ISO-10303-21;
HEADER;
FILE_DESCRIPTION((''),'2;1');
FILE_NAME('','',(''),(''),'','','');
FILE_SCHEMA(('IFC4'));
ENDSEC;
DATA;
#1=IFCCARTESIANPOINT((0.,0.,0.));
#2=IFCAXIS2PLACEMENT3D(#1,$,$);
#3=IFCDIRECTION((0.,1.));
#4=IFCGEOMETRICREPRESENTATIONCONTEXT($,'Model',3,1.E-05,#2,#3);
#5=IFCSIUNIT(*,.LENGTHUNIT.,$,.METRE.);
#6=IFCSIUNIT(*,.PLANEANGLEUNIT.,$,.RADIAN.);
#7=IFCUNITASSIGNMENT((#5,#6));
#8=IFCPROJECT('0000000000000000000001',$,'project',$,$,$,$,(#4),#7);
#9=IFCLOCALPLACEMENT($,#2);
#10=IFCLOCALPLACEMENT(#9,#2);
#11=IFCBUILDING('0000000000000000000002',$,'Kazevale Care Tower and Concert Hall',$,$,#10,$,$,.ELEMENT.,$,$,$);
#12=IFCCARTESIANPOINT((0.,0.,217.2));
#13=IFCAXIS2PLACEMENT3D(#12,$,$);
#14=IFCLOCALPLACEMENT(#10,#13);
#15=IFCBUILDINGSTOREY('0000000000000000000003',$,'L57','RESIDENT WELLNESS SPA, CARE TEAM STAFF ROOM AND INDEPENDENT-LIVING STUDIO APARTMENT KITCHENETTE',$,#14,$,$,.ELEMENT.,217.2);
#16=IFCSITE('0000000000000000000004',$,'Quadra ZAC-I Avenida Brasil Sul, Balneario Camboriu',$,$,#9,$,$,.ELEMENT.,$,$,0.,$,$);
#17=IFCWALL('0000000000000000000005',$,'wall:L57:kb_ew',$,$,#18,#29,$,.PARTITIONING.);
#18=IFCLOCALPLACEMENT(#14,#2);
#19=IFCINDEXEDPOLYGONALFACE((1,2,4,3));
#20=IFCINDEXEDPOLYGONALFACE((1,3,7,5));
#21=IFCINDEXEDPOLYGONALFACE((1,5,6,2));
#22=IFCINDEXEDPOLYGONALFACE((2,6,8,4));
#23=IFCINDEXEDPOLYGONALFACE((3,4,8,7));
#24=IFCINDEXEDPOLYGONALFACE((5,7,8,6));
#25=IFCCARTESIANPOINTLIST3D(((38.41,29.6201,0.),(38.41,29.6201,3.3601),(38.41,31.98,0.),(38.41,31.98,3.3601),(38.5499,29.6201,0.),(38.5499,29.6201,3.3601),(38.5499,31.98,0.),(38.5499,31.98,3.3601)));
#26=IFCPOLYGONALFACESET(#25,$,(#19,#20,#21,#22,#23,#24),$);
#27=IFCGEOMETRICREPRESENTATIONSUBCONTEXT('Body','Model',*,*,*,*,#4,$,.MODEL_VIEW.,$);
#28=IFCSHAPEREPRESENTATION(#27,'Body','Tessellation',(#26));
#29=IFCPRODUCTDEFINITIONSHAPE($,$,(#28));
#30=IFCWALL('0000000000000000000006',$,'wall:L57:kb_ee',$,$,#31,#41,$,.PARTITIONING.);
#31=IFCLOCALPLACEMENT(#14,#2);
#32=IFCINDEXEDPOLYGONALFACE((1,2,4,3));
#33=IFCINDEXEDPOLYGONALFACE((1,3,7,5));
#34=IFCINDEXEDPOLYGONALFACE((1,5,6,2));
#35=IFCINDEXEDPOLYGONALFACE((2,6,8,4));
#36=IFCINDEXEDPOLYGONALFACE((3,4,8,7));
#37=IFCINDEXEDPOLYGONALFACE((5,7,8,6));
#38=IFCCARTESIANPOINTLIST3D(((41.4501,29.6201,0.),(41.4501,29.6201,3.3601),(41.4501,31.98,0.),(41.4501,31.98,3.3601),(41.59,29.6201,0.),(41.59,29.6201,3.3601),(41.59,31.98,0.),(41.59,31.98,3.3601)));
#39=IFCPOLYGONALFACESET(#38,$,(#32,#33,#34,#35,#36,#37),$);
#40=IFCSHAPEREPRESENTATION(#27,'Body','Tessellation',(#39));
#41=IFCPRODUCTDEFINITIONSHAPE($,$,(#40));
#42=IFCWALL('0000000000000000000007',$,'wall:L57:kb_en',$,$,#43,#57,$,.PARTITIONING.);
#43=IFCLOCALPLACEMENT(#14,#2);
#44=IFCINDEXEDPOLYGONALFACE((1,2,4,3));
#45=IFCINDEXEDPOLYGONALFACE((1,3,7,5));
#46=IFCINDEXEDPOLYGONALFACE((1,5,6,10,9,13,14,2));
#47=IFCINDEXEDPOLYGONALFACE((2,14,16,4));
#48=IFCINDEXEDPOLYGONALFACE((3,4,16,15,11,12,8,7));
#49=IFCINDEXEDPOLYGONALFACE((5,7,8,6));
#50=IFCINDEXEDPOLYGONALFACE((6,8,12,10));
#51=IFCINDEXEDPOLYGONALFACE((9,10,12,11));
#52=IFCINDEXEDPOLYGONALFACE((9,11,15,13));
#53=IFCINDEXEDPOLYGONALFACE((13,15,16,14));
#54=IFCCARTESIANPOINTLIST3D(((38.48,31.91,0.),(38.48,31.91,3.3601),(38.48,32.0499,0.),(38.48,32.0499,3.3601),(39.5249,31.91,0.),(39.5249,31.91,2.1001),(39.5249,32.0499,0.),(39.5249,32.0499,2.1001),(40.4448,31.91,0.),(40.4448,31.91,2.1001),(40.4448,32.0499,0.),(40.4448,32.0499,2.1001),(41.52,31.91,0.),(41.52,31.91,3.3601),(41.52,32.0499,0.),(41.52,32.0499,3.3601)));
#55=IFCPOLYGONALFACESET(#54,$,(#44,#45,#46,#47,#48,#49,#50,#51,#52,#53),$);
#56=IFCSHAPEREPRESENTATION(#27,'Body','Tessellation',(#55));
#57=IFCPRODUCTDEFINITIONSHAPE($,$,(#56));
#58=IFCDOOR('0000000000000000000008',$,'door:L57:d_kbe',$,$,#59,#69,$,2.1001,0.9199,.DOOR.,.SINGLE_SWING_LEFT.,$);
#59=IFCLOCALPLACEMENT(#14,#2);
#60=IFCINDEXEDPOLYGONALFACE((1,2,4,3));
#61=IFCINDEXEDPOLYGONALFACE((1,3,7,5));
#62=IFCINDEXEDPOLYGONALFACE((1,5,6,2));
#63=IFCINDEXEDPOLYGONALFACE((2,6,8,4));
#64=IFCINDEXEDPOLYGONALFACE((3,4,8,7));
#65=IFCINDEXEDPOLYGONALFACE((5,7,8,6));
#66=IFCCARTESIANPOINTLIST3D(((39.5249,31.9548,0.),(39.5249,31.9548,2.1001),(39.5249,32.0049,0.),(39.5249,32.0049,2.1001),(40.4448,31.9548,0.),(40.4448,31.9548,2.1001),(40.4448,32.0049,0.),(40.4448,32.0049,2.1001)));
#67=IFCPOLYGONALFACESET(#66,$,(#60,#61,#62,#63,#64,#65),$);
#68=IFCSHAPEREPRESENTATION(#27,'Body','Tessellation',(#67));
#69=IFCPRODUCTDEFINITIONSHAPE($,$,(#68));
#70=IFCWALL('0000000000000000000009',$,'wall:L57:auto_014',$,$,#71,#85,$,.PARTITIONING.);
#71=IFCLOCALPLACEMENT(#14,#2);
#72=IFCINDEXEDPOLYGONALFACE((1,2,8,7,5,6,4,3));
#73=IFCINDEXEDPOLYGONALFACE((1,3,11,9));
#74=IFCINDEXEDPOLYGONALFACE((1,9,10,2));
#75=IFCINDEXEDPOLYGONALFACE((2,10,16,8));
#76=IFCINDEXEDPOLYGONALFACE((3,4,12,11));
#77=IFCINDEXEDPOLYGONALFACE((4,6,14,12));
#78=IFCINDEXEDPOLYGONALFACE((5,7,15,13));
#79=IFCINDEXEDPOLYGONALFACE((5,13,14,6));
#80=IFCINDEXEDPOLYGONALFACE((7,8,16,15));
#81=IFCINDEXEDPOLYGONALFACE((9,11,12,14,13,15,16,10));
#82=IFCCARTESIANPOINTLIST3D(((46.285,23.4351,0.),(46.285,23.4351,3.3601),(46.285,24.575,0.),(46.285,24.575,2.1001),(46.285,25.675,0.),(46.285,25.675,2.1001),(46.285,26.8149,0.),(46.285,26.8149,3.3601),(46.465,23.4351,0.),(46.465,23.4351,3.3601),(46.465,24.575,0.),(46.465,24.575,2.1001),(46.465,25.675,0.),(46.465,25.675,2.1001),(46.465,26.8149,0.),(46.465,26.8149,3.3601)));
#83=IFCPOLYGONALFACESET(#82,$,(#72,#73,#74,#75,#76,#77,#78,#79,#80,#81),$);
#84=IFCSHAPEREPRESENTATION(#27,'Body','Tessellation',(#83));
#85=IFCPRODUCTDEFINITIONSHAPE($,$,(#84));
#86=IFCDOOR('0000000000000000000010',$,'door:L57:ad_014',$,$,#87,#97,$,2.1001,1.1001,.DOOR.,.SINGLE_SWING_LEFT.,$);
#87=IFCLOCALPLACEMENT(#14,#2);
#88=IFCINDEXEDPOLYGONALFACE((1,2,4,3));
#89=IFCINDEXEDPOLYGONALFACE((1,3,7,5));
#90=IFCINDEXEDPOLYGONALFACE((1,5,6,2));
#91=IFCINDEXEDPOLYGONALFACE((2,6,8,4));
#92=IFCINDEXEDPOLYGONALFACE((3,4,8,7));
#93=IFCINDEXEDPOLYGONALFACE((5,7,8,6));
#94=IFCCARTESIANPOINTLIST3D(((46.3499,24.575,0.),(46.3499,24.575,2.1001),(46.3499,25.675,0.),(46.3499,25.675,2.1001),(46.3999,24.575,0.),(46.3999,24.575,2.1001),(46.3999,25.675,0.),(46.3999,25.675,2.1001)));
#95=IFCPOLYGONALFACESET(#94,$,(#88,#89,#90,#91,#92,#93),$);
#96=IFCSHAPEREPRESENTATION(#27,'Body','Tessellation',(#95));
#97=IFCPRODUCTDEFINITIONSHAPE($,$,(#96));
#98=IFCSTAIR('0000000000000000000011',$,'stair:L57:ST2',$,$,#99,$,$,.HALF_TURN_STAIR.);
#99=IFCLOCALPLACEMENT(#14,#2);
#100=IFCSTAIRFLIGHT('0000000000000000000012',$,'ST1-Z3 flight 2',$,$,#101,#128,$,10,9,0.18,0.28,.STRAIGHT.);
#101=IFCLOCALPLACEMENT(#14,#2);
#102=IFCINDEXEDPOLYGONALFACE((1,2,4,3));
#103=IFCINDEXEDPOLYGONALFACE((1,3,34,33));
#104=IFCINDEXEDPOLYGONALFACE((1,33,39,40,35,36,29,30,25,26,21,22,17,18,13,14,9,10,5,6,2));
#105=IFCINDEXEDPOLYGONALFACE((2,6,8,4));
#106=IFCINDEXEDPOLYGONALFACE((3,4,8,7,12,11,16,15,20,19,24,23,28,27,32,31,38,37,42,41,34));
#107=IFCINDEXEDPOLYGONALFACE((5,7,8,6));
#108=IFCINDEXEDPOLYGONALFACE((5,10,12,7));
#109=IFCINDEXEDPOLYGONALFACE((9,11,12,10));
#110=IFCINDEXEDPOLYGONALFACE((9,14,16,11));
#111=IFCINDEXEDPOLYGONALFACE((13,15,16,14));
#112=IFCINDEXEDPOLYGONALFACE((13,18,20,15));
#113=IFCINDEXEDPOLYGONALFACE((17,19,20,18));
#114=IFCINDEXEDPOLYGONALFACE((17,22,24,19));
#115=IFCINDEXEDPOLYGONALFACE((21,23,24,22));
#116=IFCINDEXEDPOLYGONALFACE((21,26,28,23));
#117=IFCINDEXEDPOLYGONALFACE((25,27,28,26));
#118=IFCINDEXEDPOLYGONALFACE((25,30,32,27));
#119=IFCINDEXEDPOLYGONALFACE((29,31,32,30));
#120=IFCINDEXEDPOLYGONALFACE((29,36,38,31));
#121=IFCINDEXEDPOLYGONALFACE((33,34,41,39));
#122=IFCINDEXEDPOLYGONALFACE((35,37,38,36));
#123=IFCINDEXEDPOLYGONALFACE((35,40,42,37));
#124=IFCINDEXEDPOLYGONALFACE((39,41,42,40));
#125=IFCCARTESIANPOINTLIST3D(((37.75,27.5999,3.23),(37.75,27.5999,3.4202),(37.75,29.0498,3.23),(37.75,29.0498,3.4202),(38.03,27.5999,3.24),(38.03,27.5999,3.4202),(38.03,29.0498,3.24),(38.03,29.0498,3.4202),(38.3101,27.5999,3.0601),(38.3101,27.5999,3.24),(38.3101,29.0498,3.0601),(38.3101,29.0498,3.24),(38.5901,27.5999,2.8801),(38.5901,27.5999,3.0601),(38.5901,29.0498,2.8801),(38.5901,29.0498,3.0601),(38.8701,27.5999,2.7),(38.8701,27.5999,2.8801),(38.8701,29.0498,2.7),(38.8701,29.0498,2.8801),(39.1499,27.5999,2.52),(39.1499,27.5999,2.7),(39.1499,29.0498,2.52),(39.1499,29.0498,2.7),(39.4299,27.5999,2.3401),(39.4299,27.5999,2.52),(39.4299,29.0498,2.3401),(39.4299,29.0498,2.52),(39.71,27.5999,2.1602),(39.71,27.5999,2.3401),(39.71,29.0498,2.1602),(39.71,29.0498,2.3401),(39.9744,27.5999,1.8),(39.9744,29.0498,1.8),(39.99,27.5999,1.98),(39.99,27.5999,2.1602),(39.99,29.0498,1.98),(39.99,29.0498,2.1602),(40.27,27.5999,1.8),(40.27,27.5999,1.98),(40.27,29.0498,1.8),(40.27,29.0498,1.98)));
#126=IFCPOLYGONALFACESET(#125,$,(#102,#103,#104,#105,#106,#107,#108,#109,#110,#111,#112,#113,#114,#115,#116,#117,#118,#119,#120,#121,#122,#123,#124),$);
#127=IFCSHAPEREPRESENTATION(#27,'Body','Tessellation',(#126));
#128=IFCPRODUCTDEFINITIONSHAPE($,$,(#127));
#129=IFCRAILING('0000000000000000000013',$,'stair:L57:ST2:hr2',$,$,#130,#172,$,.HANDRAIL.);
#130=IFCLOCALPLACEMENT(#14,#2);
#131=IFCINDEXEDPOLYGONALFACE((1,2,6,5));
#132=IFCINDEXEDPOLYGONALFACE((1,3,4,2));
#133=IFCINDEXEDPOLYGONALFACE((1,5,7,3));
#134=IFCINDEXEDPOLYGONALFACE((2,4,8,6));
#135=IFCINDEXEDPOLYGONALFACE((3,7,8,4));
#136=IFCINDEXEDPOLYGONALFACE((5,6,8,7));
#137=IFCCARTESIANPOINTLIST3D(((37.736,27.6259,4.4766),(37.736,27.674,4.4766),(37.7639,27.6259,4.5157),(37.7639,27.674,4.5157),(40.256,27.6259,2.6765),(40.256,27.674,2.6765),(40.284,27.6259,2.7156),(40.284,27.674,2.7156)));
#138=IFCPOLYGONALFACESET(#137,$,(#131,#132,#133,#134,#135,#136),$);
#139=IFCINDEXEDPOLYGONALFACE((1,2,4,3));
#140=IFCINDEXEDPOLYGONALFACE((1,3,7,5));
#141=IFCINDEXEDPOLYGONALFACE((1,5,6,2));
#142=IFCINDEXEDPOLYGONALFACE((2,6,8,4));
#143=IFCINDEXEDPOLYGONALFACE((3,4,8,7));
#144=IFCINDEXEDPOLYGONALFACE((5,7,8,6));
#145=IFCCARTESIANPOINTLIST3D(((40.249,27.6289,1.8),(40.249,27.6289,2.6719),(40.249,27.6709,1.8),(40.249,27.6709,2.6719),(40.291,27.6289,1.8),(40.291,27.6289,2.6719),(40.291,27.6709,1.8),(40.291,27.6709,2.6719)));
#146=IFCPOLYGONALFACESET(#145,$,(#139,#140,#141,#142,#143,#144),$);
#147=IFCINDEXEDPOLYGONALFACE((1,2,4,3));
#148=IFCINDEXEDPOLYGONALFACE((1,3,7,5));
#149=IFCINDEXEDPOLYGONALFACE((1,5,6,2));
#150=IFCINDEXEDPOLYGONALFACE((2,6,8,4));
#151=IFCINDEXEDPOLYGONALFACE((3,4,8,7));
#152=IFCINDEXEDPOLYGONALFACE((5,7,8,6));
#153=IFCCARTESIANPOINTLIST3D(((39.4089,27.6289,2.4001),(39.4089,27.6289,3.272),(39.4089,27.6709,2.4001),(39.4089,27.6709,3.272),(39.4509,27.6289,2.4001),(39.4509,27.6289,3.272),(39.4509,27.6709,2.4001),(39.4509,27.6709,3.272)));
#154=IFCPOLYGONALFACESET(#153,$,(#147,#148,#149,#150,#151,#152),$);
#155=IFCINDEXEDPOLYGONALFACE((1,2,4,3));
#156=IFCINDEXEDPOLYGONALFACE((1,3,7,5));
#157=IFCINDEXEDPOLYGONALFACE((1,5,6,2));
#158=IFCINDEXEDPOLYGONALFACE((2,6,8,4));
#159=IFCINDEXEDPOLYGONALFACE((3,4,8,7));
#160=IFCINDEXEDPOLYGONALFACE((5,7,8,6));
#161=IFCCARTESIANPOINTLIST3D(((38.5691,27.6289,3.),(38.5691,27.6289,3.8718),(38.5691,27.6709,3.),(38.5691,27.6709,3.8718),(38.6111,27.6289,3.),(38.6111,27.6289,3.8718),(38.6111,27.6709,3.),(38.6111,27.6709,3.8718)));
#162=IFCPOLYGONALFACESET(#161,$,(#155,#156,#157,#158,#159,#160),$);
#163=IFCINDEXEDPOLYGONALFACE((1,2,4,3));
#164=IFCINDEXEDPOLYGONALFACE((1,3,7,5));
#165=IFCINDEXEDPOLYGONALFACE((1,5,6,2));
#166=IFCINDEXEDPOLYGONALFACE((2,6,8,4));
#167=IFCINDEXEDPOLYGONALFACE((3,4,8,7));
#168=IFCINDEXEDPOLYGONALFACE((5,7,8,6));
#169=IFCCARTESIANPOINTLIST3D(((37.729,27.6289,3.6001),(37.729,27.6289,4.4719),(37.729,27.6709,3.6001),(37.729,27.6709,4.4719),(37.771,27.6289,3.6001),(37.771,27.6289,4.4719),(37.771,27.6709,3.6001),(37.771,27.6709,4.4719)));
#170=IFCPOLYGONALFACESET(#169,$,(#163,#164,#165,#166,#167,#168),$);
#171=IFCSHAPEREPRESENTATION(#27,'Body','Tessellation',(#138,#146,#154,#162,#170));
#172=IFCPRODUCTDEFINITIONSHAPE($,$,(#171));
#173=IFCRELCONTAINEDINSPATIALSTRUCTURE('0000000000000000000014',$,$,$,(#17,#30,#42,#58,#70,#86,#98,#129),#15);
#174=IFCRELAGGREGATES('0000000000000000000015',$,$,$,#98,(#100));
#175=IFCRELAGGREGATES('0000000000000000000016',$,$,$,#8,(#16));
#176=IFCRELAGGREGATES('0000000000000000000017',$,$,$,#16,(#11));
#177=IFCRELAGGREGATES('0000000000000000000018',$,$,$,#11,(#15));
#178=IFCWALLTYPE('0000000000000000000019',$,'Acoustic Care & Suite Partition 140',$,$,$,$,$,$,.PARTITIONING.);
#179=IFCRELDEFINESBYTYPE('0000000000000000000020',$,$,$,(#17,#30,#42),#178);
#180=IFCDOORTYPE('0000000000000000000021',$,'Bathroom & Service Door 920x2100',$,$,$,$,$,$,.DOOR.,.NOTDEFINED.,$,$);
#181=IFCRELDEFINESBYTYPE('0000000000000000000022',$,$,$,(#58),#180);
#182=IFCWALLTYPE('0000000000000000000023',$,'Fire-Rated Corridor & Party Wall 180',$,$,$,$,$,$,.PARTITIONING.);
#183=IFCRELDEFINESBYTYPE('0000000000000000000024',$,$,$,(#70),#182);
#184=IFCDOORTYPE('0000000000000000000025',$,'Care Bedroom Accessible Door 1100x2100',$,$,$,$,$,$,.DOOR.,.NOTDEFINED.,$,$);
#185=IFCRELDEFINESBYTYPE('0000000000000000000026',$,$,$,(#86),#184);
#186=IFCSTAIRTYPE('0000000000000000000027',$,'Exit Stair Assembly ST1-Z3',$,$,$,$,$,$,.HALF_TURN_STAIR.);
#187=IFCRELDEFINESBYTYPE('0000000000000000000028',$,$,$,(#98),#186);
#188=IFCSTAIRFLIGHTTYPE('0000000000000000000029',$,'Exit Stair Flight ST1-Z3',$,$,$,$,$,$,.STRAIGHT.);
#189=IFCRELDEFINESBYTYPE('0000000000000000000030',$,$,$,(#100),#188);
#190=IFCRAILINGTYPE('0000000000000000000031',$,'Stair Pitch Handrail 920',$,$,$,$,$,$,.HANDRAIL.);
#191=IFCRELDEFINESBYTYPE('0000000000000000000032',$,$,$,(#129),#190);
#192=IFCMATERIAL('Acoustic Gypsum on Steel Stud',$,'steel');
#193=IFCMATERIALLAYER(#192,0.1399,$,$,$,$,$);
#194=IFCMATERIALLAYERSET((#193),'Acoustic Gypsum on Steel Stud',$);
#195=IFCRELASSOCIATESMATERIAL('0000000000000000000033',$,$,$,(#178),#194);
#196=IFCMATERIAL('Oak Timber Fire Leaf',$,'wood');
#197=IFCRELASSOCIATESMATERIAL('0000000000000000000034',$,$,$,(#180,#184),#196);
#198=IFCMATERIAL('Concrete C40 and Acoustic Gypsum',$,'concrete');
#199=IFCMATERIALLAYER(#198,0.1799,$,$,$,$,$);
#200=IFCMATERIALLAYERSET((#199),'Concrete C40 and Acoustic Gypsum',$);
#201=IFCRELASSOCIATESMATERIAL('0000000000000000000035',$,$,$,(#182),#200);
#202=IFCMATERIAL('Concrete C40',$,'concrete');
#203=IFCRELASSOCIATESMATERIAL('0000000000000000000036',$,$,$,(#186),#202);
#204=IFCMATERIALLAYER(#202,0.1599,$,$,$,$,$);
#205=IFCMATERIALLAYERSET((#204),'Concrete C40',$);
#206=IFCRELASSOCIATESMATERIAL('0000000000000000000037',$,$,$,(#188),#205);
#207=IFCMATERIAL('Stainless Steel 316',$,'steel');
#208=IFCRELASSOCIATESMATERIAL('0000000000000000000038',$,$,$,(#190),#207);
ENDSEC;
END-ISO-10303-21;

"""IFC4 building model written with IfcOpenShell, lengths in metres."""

from ifc_helpers import new_model, si_unit, direction, frame, frame_2d, origin, origin_2d, place, context, subcontext, project, spatial, polyline, rectangle, outline, extrude, material, layer, layer_set, type_object, element, fill, aggregate, save


model = new_model("IFC4")

# Units and contexts
model_context = context("Model", 3, precision=1e-05, world=origin(), true_north=direction((0.0, 1.0)))
body_context = subcontext(model_context, "Body", "Model", "MODEL_VIEW")
ifc_project = project(units=[si_unit("LENGTHUNIT", "METRE"), si_unit("PLANEANGLEUNIT", "RADIAN")], contexts=[model_context])

# Site, building, storey
site_placement = place(None, origin())
site = spatial("IfcSite", under=ifc_project, at=site_placement, Name="Quadra ZAC-I Avenida Brasil Sul, Balneario Camboriu", CompositionType="ELEMENT", RefElevation=0.0)
building_placement = place(site_placement, origin())
building = spatial("IfcBuilding", under=site, at=building_placement, Name="Kazevale Care Tower and Concert Hall", CompositionType="ELEMENT")
storey_placement = place(building_placement, frame((0.0, 0.0, 217.2)))
storey = spatial("IfcBuildingStorey", under=building, at=storey_placement, Name="L57", Description="RESIDENT WELLNESS SPA, CARE TEAM STAFF ROOM AND INDEPENDENT-LIVING STUDIO APARTMENT KITCHENETTE", CompositionType="ELEMENT", Elevation=217.2)

# Shared definitions
ifc_material_1 = material(Name="Acoustic Gypsum on Steel Stud", Category="steel")
ifc_layer_1 = layer(ifc_material_1, 0.1399)
ifc_layer_set_1 = layer_set([ifc_layer_1], Name="Acoustic Gypsum on Steel Stud")
wall_type_1 = type_object("IfcWallType", Name="Acoustic Care & Suite Partition 140", PredefinedType="PARTITIONING", material=ifc_layer_set_1)
ifc_material_2 = material(Name="Oak Timber Fire Leaf", Category="wood")
door_type_1 = type_object("IfcDoorType", Name="Bathroom & Service Door 920x2100", OperationType="NOTDEFINED", PredefinedType="DOOR", material=ifc_material_2)

# Walls
for number, where, z_axis, x_axis, name in (
    (1, (38.48, 29.6201, 0.0), (0.0, 0.0, 1.0), (0.0, 1.0, 0.0), "wall:L57:kb_ew"),
    (2, (41.52, 29.6201, 0.0), (0.0, 0.0, 1.0), (0.0, 1.0, 0.0), "wall:L57:kb_ee"),
):
    element("IfcWall", number, at=place(storey_placement, frame(where, z_axis=z_axis, x_axis=x_axis)), inside=storey, type_object=wall_type_1, Name=name, PredefinedType="PARTITIONING", context=body_context, shape_type="SweptSolid", body=[
        extrude(rectangle(XDim=2.3599, YDim=0.1399, at=frame_2d((1.1799, 0.0))), origin(), (0.0, 0.0, 1.0), 3.3601),
    ])

# Walls, openings, doors
wall_1_placement = place(storey_placement, frame((38.48, 31.98, 0.0), z_axis=(0.0, 0.0, 1.0), x_axis=(1.0, 0.0, 0.0)))
wall_1 = element("IfcWall", 3, at=wall_1_placement, inside=storey, type_object=wall_type_1, Name="wall:L57:kb_en", PredefinedType="PARTITIONING", context=body_context, shape_type="SweptSolid", body=[
    extrude(rectangle(XDim=3.04, YDim=0.1399, at=frame_2d((1.52, 0.0))), origin(), (0.0, 0.0, 1.0), 3.3601),
])
opening_1_placement = place(wall_1_placement, frame((1.0449, 0.0, 0.0)))
opening_1 = element("IfcOpeningElement", 4, at=opening_1_placement, cuts=wall_1, PredefinedType="OPENING", context=body_context, shape_type="SweptSolid", body=[
    extrude(rectangle(XDim=0.9199, YDim=2.1001, at=frame_2d((0.46, 1.05))), frame((0.0, 0.0798, 0.0), z_axis=(0.0, -1.0, 0.0), x_axis=(1.0, 0.0, 0.0)), (0.0, 0.0, 1.0), 0.1599),
])
door_1_placement = place(opening_1_placement, origin())
door_1 = element("IfcDoor", 5, at=door_1_placement, inside=storey, type_object=door_type_1, Name="door:L57:d_kbe", OperationType="SINGLE_SWING_LEFT", OverallHeight=2.1001, OverallWidth=0.9199, PredefinedType="DOOR", context=body_context, shape_type="SweptSolid", body=[
    extrude(rectangle(XDim=0.9199, YDim=2.1001, at=frame_2d((0.46, 1.05))), frame((0.0, 0.0249, 0.0), z_axis=(0.0, -1.0, 0.0), x_axis=(1.0, 0.0, 0.0)), (0.0, 0.0, 1.0), 0.05),
])
fill(opening_1, door_1)
ifc_material_3 = material(Name="Concrete C40 and Acoustic Gypsum", Category="concrete")
ifc_layer_2 = layer(ifc_material_3, 0.1799)
ifc_layer_set_2 = layer_set([ifc_layer_2], Name="Concrete C40 and Acoustic Gypsum")
wall_type_2 = type_object("IfcWallType", Name="Fire-Rated Corridor & Party Wall 180", PredefinedType="PARTITIONING", material=ifc_layer_set_2)
wall_2_placement = place(storey_placement, frame((46.375, 26.8149, 0.0), z_axis=(0.0, 0.0, 1.0), x_axis=(0.0, -1.0, 0.0)))
wall_2 = element("IfcWall", 6, at=wall_2_placement, inside=storey, type_object=wall_type_2, Name="wall:L57:auto_014", PredefinedType="PARTITIONING", context=body_context, shape_type="SweptSolid", body=[
    extrude(rectangle(XDim=3.3799, YDim=0.1799, at=frame_2d((1.6899, 0.0))), origin(), (0.0, 0.0, 1.0), 3.3601),
])
opening_2_placement = place(wall_2_placement, frame((1.1399, 0.0, 0.0)))
opening_2 = element("IfcOpeningElement", 7, at=opening_2_placement, cuts=wall_2, PredefinedType="OPENING", context=body_context, shape_type="SweptSolid", body=[
    extrude(rectangle(XDim=1.1001, YDim=2.1001, at=frame_2d((0.55, 1.05))), frame((0.0, 0.0999, 0.0), z_axis=(0.0, -1.0, 0.0), x_axis=(1.0, 0.0, 0.0)), (0.0, 0.0, 1.0), 0.2),
])
door_type_2 = type_object("IfcDoorType", Name="Care Bedroom Accessible Door 1100x2100", OperationType="NOTDEFINED", PredefinedType="DOOR", material=ifc_material_2)
door_2_placement = place(opening_2_placement, origin())
door_2 = element("IfcDoor", 8, at=door_2_placement, inside=storey, type_object=door_type_2, Name="door:L57:ad_014", OperationType="SINGLE_SWING_LEFT", OverallHeight=2.1001, OverallWidth=1.1001, PredefinedType="DOOR", context=body_context, shape_type="SweptSolid", body=[
    extrude(rectangle(XDim=1.1001, YDim=2.1001, at=frame_2d((0.55, 1.05))), frame((0.0, 0.0249, 0.0), z_axis=(0.0, -1.0, 0.0), x_axis=(1.0, 0.0, 0.0)), (0.0, 0.0, 1.0), 0.05),
])
fill(opening_2, door_2)

# Stair, stair flight
ifc_material_4 = material(Name="Concrete C40", Category="concrete")
stair_type = type_object("IfcStairType", Name="Exit Stair Assembly ST1-Z3", PredefinedType="HALF_TURN_STAIR", material=ifc_material_4)
stair_placement = place(storey_placement, origin())
stair = element("IfcStair", 9, at=stair_placement, inside=storey, type_object=stair_type, Name="stair:L57:ST2", PredefinedType="HALF_TURN_STAIR")
ifc_layer_3 = layer(ifc_material_4, 0.1599)
ifc_layer_set_3 = layer_set([ifc_layer_3], Name="Concrete C40")
stair_flight_type = type_object("IfcStairFlightType", Name="Exit Stair Flight ST1-Z3", PredefinedType="STRAIGHT", material=ifc_layer_set_3)
stair_flight_placement = place(storey_placement, frame((40.27, 28.325, 1.8), z_axis=(0.0, 0.0, 1.0), x_axis=(-1.0, 0.0, 0.0)))
stair_flight = element("IfcStairFlight", 10, at=stair_flight_placement, type_object=stair_flight_type, Name="ST1-Z3 flight 2", NumberOfRisers=10, NumberOfTreads=9, PredefinedType="STRAIGHT", RiserHeight=0.18, TreadLength=0.28, context=body_context, shape_type="SweptSolid", body=[
    extrude(outline(polyline([(0.0, 0.0), (0.0, 0.1799), (0.28, 0.1799), (0.28, 0.3601), (0.5601, 0.3601), (0.5601, 0.54), (0.8401, 0.54), (0.8401, 0.72), (1.1201, 0.72), (1.1201, 0.8999), (1.3999, 0.8999), (1.3999, 1.0801), (1.6799, 1.0801), (1.6799, 1.26), (1.96, 1.26), (1.96, 1.4399), (2.24, 1.4399), (2.24, 1.6201), (2.52, 1.6201), (2.52, 1.8), (2.52, 1.4299), (0.2957, 0.0), (0.0, 0.0)])), frame((0.0, 0.7251, 0.0), z_axis=(0.0, -1.0, 0.0), x_axis=(1.0, 0.0, 0.0)), (0.0, 0.0, 1.0), 1.45),
])
aggregate(stair, [stair_flight])

# Railing
ifc_material_5 = material(Name="Stainless Steel 316", Category="steel")
railing_type_1 = type_object("IfcRailingType", Name="Stair Pitch Handrail 920", PredefinedType="HANDRAIL", material=ifc_material_5)
railing_1_placement = place(storey_placement, frame((40.27, 27.6499, 1.8)))
element("IfcRailing", 11, at=railing_1_placement, inside=storey, type_object=railing_type_1, Name="stair:L57:ST2:hr2", PredefinedType="HANDRAIL", context=body_context, shape_type="SweptSolid", body=[
    extrude(rectangle(XDim=0.0481, YDim=0.0481, at=origin_2d()), frame((0.0, 0.0, 0.896), z_axis=(-0.813728, 0.0, 0.581246), x_axis=(0.0, -1.0, 0.0)), (0.0, 0.0, 1.0), 3.0969),
    extrude(rectangle(XDim=0.042, YDim=0.042, at=origin_2d()), origin(), (0.0, 0.0, 1.0), 0.8718),
    extrude(rectangle(XDim=0.042, YDim=0.042, at=origin_2d()), frame((-0.8401, 0.0, 0.6001)), (0.0, 0.0, 1.0), 0.8718),
    extrude(rectangle(XDim=0.042, YDim=0.042, at=origin_2d()), frame((-1.6799, 0.0, 1.2)), (0.0, 0.0, 1.0), 0.8718),
    extrude(rectangle(XDim=0.042, YDim=0.042, at=origin_2d()), frame((-2.52, 0.0, 1.8)), (0.0, 0.0, 1.0), 0.8718),
])

save(model, "model.ifc")
